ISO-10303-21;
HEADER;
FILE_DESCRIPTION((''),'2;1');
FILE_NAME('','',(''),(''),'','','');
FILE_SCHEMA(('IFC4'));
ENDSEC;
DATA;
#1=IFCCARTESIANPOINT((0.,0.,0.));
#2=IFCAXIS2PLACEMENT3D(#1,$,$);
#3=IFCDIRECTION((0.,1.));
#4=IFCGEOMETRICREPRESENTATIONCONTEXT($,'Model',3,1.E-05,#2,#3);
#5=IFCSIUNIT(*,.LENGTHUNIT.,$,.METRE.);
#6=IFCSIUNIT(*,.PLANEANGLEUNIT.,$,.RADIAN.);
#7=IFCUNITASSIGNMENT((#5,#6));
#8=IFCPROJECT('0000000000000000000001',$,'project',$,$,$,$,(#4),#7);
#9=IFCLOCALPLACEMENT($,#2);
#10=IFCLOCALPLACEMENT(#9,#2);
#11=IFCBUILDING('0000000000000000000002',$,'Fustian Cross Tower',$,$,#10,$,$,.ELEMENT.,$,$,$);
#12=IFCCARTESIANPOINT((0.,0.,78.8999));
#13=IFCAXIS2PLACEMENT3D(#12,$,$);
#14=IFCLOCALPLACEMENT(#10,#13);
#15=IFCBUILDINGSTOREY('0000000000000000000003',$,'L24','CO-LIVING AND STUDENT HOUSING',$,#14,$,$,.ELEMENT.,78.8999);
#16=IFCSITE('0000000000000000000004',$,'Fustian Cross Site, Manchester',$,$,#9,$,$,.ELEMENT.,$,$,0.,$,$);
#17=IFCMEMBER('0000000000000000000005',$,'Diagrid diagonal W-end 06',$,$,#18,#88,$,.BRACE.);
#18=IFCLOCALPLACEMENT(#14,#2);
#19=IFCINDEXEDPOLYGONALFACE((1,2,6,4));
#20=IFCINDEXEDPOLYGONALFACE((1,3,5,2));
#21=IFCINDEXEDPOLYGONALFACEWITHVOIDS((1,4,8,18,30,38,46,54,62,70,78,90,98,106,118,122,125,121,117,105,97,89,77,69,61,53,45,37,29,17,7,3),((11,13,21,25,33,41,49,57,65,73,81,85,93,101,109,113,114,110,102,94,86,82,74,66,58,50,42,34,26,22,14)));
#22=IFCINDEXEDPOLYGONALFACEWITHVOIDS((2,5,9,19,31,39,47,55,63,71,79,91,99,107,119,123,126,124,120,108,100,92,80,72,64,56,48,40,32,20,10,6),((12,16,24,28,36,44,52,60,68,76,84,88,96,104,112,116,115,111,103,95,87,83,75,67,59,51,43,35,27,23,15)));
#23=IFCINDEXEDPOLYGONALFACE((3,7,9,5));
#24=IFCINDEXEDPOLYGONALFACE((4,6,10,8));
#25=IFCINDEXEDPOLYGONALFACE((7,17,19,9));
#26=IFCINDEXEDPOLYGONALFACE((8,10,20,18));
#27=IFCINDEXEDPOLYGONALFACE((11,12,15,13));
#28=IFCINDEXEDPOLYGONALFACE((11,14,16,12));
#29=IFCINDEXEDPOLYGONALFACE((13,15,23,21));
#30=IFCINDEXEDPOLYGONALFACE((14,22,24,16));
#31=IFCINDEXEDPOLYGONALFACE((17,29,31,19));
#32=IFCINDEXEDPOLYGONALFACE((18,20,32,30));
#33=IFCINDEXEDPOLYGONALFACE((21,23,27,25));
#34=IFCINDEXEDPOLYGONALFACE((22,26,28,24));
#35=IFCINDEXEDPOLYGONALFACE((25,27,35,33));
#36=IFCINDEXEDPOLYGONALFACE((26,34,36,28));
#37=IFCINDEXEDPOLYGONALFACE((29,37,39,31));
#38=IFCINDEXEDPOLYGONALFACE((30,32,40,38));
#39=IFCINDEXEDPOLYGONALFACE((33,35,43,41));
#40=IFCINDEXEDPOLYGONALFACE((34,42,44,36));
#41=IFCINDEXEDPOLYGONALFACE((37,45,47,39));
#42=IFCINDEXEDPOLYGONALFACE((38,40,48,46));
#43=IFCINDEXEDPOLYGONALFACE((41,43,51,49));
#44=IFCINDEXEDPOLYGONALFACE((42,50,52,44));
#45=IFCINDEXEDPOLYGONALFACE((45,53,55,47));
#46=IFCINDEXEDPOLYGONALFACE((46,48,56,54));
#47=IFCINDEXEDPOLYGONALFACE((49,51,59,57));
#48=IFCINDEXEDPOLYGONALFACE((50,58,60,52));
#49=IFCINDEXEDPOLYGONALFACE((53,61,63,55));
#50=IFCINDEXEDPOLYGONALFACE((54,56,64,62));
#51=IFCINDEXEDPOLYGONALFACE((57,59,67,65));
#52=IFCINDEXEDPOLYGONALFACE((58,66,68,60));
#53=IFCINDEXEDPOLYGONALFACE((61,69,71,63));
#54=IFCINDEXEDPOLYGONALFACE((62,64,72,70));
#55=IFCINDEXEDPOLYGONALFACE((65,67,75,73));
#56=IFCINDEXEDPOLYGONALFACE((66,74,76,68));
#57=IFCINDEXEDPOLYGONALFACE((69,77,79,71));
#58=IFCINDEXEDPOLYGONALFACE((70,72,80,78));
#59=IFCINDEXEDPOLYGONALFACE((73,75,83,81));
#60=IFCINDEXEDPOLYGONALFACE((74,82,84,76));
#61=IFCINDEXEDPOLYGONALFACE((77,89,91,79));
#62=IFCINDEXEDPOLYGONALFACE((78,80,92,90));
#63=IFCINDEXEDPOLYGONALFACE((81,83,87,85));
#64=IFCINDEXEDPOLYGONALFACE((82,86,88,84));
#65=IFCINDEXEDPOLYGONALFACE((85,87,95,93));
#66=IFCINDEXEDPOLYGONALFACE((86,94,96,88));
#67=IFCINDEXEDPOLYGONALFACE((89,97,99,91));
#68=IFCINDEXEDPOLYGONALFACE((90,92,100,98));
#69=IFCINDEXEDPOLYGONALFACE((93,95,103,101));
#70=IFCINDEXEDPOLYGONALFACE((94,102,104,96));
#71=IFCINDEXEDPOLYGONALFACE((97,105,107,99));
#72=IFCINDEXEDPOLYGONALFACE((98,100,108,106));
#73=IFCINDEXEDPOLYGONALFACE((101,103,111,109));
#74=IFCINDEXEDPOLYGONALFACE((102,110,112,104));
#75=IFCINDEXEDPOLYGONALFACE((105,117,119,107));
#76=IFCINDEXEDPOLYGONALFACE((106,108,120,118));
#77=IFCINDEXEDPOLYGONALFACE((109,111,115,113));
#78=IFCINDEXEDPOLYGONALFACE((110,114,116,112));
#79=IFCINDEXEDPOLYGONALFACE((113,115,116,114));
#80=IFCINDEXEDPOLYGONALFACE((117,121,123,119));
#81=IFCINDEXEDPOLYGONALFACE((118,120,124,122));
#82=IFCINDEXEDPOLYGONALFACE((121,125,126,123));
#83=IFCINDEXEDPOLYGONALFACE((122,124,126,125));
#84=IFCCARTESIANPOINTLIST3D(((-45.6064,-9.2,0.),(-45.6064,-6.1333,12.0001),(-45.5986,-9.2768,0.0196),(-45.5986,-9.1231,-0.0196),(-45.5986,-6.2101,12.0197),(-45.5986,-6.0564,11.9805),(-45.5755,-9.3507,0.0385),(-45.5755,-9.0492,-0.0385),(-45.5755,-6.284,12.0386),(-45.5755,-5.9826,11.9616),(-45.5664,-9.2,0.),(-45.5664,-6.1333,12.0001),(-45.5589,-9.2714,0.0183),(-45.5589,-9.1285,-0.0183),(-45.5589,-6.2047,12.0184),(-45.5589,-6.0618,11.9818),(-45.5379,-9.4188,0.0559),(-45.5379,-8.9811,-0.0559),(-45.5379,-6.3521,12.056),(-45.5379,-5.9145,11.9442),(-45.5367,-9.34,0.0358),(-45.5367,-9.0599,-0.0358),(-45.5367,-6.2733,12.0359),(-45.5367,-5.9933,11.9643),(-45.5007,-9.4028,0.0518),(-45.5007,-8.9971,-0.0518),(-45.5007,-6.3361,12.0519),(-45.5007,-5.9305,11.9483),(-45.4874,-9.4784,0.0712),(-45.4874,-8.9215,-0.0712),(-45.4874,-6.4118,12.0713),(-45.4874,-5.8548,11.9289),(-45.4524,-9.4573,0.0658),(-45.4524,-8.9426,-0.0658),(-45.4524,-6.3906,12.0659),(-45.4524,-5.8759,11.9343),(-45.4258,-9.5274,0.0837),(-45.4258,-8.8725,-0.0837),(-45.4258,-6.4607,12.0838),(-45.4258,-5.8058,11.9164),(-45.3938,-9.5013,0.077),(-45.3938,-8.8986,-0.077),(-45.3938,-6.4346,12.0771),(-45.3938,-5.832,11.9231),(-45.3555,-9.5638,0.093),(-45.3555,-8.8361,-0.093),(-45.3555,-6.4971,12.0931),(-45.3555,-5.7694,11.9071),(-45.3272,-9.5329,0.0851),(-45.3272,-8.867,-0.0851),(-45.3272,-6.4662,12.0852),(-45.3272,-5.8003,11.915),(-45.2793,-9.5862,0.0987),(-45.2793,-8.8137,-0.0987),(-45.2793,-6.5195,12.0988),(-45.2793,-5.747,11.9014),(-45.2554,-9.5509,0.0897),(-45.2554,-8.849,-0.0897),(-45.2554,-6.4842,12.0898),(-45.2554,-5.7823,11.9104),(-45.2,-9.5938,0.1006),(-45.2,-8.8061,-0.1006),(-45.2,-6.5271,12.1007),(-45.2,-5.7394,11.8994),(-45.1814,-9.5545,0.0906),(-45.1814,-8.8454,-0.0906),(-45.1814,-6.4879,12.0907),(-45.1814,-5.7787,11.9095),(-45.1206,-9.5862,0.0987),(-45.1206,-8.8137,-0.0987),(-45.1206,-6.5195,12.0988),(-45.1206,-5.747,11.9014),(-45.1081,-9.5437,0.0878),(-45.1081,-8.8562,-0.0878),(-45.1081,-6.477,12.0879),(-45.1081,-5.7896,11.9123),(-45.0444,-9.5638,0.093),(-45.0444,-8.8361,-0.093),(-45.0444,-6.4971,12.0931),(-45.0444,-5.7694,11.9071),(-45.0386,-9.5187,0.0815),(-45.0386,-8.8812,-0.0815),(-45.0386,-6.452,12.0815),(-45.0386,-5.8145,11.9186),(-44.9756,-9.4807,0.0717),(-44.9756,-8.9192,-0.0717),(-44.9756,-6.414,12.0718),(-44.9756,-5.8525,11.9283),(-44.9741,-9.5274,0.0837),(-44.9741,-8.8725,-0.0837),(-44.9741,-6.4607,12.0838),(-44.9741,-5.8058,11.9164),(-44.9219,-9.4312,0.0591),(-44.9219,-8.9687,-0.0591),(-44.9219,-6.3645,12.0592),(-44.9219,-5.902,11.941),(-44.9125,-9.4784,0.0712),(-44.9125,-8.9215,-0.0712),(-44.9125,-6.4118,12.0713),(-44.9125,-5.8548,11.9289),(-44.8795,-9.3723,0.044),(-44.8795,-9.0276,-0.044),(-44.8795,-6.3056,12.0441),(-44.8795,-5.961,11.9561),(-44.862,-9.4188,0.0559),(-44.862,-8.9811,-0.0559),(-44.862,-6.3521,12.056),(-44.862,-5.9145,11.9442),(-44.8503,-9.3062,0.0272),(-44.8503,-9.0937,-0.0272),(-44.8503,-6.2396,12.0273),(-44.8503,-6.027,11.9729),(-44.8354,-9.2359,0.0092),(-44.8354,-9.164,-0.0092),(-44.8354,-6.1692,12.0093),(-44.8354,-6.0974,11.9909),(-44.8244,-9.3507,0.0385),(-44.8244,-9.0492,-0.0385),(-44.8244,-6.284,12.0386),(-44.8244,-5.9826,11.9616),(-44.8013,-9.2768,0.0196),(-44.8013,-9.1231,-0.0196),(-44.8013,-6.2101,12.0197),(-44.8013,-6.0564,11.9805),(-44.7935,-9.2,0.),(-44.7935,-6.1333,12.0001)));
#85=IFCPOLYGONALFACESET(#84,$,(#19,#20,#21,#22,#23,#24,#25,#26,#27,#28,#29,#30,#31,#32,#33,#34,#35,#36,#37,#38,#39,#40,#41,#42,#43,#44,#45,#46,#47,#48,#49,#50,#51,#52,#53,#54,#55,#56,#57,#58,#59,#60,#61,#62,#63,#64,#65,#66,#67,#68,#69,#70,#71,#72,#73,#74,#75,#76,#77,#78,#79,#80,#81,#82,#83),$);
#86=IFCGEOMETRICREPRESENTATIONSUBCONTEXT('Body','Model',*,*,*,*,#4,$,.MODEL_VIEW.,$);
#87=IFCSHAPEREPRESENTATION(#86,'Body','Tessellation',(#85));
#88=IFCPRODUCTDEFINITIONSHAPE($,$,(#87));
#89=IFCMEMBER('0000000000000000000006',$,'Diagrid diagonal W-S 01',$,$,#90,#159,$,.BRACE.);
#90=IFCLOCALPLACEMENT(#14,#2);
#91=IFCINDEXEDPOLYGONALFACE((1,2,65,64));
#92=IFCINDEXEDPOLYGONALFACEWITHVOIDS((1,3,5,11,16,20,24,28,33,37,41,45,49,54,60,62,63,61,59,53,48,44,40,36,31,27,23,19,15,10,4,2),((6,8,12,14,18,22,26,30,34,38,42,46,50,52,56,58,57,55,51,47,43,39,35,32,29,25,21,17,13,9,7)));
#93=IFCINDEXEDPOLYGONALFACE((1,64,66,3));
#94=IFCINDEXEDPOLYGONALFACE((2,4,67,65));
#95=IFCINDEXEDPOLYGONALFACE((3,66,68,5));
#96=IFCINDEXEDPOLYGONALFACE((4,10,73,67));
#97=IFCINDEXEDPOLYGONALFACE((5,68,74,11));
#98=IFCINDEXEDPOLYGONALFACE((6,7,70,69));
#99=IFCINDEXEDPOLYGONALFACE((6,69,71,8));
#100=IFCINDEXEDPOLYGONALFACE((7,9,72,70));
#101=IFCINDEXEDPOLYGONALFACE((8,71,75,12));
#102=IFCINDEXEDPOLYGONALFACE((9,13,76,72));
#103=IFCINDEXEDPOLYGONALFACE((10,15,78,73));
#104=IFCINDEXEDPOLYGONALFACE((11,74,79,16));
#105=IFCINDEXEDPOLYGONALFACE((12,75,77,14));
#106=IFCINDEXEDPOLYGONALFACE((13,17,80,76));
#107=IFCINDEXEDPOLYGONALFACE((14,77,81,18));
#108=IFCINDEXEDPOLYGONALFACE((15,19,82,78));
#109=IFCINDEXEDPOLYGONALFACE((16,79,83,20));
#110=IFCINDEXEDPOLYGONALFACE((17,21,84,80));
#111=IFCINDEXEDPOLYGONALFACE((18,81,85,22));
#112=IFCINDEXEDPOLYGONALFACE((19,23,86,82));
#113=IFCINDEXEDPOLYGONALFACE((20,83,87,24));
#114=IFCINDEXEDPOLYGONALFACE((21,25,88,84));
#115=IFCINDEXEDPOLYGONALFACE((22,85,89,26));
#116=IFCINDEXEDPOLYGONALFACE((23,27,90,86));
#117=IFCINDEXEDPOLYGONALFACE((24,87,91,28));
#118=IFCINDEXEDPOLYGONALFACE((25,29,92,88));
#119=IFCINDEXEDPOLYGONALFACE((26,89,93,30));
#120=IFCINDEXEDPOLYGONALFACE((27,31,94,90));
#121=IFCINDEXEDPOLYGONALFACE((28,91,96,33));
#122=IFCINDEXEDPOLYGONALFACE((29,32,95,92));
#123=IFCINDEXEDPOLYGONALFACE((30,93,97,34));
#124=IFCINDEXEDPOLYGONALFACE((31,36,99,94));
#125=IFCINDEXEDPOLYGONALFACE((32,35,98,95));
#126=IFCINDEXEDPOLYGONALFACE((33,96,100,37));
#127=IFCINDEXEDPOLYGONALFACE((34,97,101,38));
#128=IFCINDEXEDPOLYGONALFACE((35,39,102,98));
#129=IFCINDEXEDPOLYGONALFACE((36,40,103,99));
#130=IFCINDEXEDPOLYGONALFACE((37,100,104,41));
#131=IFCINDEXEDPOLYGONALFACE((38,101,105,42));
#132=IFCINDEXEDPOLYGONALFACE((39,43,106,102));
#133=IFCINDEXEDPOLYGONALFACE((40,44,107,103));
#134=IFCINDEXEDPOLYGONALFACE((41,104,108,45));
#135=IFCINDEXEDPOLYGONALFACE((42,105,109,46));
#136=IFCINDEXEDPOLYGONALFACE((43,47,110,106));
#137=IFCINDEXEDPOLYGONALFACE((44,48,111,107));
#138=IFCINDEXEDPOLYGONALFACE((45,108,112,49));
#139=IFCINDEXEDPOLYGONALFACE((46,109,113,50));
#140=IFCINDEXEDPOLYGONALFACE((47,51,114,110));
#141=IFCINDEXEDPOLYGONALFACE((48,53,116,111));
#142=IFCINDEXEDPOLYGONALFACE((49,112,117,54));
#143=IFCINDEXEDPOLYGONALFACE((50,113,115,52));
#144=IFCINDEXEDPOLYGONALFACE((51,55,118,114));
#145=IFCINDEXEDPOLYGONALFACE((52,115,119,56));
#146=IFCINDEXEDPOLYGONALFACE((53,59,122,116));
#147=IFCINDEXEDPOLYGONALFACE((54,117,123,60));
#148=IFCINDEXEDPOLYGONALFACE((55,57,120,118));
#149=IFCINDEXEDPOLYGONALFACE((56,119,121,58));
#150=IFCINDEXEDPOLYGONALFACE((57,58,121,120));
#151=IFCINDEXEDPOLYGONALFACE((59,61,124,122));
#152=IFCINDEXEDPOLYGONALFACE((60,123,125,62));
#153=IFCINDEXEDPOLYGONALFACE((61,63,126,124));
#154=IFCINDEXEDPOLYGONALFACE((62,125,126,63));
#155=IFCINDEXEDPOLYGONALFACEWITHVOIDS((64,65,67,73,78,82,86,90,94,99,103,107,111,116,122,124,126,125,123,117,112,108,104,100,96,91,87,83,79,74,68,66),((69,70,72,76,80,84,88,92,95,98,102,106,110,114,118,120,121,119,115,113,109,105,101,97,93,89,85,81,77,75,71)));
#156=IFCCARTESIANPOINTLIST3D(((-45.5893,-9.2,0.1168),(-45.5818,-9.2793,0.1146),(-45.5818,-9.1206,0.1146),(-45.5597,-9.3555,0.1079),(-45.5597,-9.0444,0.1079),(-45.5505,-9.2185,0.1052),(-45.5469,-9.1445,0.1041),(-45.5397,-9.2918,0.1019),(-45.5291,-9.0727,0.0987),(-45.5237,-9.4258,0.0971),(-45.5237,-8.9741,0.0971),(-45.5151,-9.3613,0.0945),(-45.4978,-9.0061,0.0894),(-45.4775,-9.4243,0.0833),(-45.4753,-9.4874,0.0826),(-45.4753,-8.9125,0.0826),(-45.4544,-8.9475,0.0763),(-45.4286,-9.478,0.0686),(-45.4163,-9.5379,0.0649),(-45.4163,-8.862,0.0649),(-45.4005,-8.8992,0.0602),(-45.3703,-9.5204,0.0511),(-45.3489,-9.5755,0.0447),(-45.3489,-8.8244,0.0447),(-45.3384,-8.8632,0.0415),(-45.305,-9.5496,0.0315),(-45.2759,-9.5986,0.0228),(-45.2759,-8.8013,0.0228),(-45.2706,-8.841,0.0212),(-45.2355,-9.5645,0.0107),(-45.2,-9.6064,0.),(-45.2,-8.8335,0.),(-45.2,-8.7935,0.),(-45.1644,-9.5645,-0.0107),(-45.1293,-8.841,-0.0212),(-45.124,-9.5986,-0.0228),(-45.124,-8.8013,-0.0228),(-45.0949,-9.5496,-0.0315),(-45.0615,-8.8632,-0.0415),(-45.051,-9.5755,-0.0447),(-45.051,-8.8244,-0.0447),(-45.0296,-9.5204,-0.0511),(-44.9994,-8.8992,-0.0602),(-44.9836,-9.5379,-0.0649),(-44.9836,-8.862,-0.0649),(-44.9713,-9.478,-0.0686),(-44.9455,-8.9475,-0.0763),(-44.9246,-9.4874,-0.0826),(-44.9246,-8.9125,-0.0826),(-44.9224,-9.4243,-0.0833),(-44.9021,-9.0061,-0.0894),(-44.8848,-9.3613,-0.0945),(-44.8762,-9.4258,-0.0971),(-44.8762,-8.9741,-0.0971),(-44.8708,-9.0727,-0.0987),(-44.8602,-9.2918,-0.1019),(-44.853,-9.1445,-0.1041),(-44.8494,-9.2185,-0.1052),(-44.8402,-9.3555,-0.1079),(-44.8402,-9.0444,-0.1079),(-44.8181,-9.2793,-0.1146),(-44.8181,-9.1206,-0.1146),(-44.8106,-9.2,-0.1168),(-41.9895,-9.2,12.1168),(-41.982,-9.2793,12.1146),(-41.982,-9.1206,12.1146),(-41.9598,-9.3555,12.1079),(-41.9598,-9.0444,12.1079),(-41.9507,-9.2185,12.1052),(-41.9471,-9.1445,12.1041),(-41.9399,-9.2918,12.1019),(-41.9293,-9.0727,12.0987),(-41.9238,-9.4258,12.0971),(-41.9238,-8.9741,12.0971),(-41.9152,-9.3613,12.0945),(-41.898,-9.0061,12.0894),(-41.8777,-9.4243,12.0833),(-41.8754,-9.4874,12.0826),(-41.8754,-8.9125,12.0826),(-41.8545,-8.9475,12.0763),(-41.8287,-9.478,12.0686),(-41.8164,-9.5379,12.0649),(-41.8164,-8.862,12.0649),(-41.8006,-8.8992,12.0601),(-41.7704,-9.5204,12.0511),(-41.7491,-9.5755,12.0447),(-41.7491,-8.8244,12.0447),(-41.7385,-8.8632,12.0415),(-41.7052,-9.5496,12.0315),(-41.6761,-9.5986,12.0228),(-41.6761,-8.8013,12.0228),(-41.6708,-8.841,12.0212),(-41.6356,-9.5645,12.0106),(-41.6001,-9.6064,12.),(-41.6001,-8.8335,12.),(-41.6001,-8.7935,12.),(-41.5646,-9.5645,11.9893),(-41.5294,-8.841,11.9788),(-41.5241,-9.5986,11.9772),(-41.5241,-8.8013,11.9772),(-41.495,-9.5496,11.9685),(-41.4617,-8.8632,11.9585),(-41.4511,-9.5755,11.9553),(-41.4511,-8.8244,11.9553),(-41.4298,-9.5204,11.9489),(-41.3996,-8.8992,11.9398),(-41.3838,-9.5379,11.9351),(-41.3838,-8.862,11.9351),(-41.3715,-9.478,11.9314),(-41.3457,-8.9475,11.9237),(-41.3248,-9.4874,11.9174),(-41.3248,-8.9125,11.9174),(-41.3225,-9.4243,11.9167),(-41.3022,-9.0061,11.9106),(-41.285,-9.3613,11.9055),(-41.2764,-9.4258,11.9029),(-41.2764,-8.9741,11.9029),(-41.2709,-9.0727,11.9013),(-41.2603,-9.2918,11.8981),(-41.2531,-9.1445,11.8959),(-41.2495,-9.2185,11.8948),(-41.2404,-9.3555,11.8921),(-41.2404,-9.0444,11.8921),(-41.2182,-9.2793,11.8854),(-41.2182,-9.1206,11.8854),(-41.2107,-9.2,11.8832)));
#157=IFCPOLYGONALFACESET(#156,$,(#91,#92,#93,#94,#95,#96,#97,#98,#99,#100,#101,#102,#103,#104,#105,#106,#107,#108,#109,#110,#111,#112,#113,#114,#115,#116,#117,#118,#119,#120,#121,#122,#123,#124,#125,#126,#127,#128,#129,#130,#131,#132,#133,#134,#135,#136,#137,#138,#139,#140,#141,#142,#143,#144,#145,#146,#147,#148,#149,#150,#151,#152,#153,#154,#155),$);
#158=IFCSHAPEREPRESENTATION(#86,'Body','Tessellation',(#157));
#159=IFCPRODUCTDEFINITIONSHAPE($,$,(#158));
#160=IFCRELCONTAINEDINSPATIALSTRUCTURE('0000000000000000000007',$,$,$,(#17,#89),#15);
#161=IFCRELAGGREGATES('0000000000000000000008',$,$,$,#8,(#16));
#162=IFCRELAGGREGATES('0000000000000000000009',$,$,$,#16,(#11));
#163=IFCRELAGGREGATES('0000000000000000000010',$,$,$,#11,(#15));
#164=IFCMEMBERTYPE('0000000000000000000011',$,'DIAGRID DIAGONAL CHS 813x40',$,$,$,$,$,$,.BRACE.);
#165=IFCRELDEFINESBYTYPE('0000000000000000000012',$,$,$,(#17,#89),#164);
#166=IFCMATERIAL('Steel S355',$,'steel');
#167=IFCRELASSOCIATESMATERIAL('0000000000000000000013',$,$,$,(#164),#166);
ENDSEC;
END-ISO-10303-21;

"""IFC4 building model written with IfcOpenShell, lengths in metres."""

from ifc_helpers import new_model, si_unit, direction, frame, origin, origin_2d, place, context, subcontext, project, spatial, hollow_circle, extrude, material, material_profile, profile_set, type_object, element, save


model = new_model("IFC4")

# Units and contexts
model_context = context("Model", 3, precision=1e-05, world=origin(), true_north=direction((0.0, 1.0)))
body_context = subcontext(model_context, "Body", "Model", "MODEL_VIEW")
ifc_project = project(units=[si_unit("LENGTHUNIT", "METRE"), si_unit("PLANEANGLEUNIT", "RADIAN")], contexts=[model_context])

# Site, building, storey
site_placement = place(None, origin())
site = spatial("IfcSite", under=ifc_project, at=site_placement, Name="Fustian Cross Site, Manchester", CompositionType="ELEMENT", RefElevation=0.0)
building_placement = place(site_placement, origin())
building = spatial("IfcBuilding", under=site, at=building_placement, Name="Fustian Cross Tower", CompositionType="ELEMENT")
storey_placement = place(building_placement, frame((0.0, 0.0, 78.8999)))
storey = spatial("IfcBuildingStorey", under=building, at=storey_placement, Name="L24", Description="CO-LIVING AND STUDENT HOUSING", CompositionType="ELEMENT", Elevation=78.8999)

# Members
ifc_material_1 = material(Name="Steel S355", Category="steel")
ifc_material_profile_1 = material_profile(ifc_material_1, hollow_circle(Radius=0.4065, WallThickness=0.04, at=origin_2d()), Name="CHS 813x40")
ifc_profile_set_1 = profile_set([ifc_material_profile_1], Name="Steel S355")
member_type_1 = type_object("IfcMemberType", Name="DIAGRID DIAGONAL CHS 813x40", PredefinedType="BRACE", material=ifc_profile_set_1)
member_1_placement = place(storey_placement, frame((-45.2, -9.2, 0.0), z_axis=(0.0, 0.247597, 0.968863), x_axis=(-1.0, 0.0, 0.0)))
element("IfcMember", 1, at=member_1_placement, inside=storey, type_object=member_type_1, Name="Diagrid diagonal W-end 06", PredefinedType="BRACE", context=body_context, shape_type="SweptSolid", body=[
    extrude(hollow_circle(Radius=0.4065, WallThickness=0.04, at=origin_2d()), origin(), (0.0, 0.0, 1.0), 12.3857),
])
for number, where, z_axis, x_axis, name in (
    (2, (-45.2, -9.2, 0.0), (0.287337, 0.0, 0.95783), (0.0, 1.0, 0.0), "Diagrid diagonal W-S 01"),
):
    element("IfcMember", number, at=place(storey_placement, frame(where, z_axis=z_axis, x_axis=x_axis)), inside=storey, type_object=member_type_1, Name=name, PredefinedType="BRACE", context=body_context, shape_type="SweptSolid", body=[
        extrude(hollow_circle(Radius=0.4065, WallThickness=0.04, at=origin_2d()), origin(), (0.0, 0.0, 1.0), 12.5283),
    ])

save(model, "model.ifc")
